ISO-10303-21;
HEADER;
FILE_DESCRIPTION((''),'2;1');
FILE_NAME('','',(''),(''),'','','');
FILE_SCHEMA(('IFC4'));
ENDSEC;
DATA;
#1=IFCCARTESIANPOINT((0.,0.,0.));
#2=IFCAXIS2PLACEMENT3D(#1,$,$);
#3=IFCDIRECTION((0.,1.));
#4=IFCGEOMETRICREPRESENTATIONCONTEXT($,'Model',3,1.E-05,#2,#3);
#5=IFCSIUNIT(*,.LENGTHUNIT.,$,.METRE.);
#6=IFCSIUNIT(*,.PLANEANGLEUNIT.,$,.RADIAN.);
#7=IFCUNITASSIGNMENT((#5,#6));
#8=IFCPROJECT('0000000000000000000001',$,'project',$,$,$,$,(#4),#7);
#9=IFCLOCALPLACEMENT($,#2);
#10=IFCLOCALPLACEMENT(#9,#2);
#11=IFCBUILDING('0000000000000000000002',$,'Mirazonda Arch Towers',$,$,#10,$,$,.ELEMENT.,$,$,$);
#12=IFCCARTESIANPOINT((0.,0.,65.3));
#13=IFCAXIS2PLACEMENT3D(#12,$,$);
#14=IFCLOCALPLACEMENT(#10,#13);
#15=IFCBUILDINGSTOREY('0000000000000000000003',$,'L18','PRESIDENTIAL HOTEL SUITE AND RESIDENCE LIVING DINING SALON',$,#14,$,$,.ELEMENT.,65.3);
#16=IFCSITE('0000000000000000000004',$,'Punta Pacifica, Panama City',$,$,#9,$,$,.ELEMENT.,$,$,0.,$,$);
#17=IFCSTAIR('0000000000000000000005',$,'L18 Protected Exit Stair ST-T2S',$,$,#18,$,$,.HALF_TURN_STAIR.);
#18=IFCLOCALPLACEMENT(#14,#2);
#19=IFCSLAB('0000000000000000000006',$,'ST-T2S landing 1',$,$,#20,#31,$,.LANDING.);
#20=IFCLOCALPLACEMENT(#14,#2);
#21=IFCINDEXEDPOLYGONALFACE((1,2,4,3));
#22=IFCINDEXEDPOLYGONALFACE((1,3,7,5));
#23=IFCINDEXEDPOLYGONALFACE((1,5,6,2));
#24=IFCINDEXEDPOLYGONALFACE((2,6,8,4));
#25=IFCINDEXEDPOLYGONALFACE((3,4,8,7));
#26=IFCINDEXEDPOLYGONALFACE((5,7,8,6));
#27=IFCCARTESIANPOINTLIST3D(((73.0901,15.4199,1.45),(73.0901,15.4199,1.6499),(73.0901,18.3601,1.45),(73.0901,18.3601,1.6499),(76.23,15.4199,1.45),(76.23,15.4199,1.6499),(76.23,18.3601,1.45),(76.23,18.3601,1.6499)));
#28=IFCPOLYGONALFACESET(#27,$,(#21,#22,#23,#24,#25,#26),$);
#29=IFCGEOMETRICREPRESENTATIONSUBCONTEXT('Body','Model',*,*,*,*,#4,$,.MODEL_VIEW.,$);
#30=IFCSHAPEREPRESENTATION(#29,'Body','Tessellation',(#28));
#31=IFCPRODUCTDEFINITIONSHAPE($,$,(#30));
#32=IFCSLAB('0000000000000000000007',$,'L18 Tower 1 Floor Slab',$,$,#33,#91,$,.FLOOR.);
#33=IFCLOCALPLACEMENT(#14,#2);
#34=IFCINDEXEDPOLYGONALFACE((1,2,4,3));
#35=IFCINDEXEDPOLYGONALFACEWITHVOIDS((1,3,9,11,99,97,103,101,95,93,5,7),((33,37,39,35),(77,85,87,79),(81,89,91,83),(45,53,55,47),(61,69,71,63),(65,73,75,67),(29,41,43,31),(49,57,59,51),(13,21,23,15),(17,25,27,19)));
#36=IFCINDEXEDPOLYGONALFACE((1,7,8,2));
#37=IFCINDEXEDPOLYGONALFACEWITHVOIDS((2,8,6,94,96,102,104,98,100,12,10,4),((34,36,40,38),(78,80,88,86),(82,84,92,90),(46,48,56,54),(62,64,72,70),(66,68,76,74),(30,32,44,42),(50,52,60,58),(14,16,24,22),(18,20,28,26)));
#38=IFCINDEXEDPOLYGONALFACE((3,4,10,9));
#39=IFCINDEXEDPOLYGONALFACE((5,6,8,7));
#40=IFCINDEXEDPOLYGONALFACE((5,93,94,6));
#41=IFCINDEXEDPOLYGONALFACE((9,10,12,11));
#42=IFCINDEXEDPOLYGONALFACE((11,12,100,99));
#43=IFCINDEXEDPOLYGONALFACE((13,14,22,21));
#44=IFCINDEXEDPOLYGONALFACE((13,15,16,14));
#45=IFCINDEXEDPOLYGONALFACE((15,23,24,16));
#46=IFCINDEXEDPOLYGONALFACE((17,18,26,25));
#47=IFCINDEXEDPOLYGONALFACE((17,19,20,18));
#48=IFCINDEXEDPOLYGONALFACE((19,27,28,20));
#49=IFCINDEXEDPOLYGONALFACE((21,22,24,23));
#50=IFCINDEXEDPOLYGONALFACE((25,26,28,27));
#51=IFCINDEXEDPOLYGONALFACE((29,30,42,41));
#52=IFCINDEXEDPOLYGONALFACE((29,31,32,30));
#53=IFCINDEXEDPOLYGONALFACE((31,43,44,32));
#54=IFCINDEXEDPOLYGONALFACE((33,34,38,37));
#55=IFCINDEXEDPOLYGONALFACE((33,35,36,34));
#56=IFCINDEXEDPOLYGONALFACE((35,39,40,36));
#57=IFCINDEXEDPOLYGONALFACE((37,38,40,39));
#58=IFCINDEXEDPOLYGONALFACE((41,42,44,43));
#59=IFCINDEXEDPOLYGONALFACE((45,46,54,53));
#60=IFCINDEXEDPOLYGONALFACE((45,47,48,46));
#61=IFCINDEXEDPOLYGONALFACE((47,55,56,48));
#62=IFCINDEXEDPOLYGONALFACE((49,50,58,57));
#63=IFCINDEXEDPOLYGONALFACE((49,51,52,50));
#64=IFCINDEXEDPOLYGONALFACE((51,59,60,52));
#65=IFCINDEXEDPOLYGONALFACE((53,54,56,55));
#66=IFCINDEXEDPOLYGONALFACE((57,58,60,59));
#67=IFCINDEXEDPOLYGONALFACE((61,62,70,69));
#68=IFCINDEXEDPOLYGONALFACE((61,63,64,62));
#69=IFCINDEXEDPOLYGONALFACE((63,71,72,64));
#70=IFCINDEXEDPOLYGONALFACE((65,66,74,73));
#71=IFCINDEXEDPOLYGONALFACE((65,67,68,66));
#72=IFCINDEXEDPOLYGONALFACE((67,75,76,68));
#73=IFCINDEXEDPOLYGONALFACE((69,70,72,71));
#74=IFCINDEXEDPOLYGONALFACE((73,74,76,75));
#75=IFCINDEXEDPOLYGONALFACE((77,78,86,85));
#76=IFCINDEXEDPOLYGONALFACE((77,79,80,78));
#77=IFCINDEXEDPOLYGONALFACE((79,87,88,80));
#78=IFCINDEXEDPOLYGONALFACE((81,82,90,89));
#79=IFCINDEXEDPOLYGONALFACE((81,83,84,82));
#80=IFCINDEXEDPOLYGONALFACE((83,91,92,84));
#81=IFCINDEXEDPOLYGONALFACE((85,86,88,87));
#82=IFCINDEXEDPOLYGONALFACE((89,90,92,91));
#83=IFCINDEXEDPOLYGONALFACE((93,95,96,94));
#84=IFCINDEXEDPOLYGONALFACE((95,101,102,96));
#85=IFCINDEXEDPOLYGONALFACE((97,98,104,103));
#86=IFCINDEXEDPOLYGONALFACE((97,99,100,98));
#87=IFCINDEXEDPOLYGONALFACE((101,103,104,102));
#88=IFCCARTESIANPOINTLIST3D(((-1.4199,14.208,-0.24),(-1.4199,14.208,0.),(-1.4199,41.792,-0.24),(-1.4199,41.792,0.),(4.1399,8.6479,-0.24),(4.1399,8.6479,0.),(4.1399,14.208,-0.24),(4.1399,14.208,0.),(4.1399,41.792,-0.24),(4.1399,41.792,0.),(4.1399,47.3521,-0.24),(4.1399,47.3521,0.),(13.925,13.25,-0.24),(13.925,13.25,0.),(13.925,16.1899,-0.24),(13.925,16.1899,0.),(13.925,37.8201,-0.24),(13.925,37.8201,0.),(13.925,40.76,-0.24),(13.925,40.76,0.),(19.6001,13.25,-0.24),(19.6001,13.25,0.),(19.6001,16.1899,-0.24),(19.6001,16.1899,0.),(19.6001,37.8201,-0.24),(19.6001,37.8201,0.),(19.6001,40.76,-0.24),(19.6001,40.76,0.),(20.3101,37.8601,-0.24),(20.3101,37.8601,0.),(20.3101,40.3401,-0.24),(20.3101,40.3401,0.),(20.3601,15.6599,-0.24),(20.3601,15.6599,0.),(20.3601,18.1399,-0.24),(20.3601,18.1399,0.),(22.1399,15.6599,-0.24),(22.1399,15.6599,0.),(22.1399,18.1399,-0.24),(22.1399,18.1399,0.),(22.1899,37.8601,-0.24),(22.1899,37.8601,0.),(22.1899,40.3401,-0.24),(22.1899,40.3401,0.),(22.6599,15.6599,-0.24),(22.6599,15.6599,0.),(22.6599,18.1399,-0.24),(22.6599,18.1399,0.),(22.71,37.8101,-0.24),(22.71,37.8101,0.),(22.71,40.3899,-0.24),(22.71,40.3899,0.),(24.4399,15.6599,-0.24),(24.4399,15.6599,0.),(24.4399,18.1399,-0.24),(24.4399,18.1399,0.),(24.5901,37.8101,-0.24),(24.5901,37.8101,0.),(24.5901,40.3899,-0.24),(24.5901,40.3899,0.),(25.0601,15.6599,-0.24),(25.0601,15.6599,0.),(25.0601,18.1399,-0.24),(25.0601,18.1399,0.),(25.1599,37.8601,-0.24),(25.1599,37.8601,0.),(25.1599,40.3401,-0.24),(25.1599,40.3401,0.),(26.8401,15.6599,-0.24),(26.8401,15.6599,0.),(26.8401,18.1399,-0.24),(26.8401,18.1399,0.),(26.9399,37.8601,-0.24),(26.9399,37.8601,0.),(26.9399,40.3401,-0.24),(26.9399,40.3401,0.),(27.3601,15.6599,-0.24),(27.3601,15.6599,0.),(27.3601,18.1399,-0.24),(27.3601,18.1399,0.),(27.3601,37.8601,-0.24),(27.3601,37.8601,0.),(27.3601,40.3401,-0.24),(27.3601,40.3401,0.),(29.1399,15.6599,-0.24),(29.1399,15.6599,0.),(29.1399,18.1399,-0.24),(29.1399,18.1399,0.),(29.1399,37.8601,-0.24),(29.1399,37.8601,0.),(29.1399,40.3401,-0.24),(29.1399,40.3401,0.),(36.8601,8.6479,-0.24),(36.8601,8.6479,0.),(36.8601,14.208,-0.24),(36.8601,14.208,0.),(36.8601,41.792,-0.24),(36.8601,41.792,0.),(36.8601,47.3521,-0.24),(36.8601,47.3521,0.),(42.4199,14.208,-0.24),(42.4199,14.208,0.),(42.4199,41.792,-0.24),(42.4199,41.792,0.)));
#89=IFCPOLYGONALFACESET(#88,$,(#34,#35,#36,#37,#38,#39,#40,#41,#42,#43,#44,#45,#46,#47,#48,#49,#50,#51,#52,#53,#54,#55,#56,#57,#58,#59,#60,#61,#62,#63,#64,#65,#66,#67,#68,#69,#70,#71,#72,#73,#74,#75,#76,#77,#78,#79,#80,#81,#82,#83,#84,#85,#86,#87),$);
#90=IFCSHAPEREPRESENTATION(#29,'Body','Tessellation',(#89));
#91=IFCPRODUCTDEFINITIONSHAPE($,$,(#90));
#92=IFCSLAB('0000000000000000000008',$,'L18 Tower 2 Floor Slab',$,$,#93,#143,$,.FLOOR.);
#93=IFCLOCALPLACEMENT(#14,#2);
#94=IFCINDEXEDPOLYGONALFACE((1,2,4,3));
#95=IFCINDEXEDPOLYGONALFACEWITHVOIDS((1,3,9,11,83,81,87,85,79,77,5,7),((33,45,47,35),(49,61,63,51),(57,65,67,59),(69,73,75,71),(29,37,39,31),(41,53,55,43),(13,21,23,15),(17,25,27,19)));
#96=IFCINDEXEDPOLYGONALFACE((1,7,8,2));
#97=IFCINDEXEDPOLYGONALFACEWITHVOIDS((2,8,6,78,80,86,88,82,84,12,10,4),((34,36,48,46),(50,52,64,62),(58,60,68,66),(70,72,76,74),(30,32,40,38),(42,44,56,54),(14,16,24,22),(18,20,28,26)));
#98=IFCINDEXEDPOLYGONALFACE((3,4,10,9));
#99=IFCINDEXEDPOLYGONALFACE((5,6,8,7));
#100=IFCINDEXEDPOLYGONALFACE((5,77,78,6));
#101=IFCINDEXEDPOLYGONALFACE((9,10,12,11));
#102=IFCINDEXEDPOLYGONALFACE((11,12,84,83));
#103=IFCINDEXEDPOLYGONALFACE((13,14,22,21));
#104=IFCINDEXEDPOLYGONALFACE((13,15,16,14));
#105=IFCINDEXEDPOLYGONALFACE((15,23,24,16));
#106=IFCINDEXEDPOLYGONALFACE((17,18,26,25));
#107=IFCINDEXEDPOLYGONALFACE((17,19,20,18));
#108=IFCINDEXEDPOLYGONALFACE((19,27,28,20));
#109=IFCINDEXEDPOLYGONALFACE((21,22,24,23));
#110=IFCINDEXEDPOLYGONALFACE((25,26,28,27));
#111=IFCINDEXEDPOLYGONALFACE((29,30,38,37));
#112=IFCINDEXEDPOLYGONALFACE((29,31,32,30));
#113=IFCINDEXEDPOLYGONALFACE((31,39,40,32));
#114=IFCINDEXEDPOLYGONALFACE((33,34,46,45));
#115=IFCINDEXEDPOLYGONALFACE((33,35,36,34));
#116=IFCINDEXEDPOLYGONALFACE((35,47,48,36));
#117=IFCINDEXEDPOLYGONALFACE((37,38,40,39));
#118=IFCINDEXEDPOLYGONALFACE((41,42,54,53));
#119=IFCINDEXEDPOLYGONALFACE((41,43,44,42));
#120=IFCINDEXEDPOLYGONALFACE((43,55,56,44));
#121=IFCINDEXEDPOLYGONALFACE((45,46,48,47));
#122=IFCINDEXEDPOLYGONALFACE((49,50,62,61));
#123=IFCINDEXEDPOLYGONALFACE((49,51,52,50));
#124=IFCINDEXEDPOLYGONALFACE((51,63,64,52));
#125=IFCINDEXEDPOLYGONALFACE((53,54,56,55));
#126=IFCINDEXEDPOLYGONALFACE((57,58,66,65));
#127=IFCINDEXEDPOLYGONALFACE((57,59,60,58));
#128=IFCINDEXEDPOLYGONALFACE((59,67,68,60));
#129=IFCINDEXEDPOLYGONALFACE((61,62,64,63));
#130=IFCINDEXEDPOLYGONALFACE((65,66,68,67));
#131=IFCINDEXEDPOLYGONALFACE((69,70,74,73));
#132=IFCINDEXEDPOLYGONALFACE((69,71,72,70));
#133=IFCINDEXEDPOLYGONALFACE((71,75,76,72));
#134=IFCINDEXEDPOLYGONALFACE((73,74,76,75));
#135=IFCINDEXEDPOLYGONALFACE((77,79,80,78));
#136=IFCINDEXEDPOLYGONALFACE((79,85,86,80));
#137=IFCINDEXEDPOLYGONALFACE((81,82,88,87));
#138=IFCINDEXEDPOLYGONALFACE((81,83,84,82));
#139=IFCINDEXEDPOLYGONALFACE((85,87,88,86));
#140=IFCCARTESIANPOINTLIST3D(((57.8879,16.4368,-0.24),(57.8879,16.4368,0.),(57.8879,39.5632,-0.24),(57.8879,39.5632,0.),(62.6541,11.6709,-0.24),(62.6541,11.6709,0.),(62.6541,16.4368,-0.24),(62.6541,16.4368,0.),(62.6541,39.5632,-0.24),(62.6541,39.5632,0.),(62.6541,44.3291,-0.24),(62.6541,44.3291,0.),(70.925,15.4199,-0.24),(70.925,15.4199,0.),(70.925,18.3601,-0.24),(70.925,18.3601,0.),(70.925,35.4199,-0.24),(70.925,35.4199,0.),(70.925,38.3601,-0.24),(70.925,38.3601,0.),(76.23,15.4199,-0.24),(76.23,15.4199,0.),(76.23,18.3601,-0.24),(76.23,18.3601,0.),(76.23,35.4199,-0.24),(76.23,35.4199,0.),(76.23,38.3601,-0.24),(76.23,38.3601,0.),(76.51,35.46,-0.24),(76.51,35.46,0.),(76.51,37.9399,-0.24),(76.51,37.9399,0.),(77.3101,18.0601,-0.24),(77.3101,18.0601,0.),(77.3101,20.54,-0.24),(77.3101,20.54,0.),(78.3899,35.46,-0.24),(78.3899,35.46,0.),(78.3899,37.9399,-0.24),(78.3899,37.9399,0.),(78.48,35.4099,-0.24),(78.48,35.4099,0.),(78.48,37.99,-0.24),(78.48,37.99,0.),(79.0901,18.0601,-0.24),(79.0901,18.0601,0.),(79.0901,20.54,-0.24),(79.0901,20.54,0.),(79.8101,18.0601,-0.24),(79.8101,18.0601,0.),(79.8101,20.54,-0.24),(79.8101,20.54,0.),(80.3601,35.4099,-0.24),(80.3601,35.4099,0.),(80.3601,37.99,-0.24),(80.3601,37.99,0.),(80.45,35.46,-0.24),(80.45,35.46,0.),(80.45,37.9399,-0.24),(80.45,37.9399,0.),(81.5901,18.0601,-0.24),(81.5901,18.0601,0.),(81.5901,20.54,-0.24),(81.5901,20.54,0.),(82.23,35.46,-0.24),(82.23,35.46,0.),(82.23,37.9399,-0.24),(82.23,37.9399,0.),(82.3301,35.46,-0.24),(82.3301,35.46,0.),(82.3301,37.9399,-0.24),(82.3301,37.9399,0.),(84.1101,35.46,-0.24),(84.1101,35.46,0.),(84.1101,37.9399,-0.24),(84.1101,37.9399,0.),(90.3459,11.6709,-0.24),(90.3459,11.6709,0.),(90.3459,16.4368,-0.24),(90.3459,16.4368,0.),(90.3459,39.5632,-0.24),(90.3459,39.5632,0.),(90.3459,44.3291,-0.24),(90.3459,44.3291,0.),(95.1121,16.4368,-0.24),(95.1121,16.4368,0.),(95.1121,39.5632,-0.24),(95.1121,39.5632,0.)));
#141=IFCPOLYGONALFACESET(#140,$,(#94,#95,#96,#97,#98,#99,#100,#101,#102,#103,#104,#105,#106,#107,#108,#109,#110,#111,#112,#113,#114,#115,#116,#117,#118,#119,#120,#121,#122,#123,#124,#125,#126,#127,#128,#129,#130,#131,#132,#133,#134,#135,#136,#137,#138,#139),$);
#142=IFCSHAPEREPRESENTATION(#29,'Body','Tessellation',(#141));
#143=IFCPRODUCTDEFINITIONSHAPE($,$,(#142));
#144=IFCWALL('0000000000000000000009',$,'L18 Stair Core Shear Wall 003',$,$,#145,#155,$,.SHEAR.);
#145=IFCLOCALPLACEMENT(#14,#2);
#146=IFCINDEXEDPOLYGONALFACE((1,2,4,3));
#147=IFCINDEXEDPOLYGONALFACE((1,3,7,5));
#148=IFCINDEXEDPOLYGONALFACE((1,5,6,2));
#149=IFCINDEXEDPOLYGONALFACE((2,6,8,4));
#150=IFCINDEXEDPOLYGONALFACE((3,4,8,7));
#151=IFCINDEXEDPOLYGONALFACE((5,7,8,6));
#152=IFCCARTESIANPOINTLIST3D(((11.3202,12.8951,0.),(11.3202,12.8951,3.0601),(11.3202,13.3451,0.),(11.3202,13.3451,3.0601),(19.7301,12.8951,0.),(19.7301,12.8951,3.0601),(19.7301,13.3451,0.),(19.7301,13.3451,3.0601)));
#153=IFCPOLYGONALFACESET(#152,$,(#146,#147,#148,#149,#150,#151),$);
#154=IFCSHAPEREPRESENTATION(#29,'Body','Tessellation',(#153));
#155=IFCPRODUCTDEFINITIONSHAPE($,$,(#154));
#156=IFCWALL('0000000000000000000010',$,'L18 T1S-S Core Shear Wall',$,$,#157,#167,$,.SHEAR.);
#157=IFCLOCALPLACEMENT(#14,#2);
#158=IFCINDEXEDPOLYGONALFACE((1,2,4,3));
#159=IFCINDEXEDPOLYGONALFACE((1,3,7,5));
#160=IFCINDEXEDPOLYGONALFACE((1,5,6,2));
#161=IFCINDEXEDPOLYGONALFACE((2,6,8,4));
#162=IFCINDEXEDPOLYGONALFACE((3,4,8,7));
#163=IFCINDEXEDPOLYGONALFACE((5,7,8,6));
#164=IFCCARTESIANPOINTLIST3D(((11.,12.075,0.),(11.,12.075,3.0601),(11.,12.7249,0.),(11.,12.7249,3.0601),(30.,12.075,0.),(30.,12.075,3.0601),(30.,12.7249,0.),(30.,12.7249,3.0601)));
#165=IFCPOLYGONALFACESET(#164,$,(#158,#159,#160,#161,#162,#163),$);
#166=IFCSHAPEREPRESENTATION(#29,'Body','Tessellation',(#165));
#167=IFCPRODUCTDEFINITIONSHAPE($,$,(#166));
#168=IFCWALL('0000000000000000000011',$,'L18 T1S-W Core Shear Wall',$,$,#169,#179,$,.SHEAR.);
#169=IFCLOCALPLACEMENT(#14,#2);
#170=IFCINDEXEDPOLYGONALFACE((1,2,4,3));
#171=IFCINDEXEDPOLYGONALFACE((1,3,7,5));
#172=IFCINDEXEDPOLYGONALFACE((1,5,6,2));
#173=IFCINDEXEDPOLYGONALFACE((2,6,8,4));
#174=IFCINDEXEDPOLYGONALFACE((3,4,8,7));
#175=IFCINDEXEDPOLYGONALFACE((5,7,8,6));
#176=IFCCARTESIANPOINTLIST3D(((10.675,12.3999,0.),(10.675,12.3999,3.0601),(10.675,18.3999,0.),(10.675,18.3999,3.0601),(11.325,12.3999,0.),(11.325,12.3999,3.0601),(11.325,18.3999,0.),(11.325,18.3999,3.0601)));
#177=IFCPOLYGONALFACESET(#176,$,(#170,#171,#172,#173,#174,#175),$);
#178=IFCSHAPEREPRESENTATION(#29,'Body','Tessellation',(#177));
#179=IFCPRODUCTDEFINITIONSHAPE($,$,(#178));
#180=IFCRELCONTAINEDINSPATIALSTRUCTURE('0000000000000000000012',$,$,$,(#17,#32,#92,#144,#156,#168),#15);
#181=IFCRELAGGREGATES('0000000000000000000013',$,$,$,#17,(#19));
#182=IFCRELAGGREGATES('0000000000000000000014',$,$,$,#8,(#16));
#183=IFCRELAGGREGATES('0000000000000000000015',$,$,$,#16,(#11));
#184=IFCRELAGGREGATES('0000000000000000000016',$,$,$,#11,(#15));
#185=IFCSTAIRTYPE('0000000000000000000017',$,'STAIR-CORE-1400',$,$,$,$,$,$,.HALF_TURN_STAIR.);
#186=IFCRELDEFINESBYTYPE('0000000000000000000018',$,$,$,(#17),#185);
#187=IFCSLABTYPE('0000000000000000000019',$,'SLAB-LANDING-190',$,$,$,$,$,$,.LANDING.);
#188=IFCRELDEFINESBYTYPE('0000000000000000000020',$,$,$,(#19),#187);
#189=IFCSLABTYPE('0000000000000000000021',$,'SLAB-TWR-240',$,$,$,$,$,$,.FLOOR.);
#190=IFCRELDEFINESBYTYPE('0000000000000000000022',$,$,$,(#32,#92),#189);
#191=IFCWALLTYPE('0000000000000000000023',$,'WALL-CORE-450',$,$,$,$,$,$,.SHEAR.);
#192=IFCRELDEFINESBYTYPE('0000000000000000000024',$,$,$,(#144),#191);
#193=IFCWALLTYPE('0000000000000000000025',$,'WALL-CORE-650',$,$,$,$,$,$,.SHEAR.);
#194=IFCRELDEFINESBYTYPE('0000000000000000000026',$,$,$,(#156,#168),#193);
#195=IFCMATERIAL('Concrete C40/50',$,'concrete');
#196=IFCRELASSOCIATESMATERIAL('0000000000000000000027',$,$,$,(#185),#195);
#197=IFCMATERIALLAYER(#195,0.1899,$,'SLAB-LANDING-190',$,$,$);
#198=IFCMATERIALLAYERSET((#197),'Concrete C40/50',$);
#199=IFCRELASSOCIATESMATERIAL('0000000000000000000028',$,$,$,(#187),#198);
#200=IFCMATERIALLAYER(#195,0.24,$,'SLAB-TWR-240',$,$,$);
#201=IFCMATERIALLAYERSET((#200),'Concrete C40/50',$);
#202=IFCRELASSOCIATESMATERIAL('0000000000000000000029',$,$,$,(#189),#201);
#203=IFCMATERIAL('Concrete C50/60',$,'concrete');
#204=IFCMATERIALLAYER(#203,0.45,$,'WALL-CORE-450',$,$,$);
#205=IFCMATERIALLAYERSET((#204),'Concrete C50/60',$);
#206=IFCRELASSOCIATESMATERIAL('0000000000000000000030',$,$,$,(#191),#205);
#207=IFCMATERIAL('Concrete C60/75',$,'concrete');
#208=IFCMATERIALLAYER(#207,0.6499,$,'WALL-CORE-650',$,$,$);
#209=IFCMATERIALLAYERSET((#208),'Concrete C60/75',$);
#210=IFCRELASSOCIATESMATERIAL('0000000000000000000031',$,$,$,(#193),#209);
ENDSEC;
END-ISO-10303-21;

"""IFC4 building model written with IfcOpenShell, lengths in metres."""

from ifc_helpers import new_model, si_unit, direction, frame, frame_2d, origin, place, context, subcontext, project, spatial, polyline, rectangle, outline, extrude, material, layer, layer_set, type_object, element, aggregate, save


model = new_model("IFC4")

# Units and contexts
model_context = context("Model", 3, precision=1e-05, world=origin(), true_north=direction((0.0, 1.0)))
body_context = subcontext(model_context, "Body", "Model", "MODEL_VIEW")
ifc_project = project(units=[si_unit("LENGTHUNIT", "METRE"), si_unit("PLANEANGLEUNIT", "RADIAN")], contexts=[model_context])

# Site, building, storey
site_placement = place(None, origin())
site = spatial("IfcSite", under=ifc_project, at=site_placement, Name="Punta Pacifica, Panama City", CompositionType="ELEMENT", RefElevation=0.0)
building_placement = place(site_placement, origin())
building = spatial("IfcBuilding", under=site, at=building_placement, Name="Mirazonda Arch Towers", CompositionType="ELEMENT")
storey_placement = place(building_placement, frame((0.0, 0.0, 65.3)))
storey = spatial("IfcBuildingStorey", under=building, at=storey_placement, Name="L18", Description="PRESIDENTIAL HOTEL SUITE AND RESIDENCE LIVING DINING SALON", CompositionType="ELEMENT", Elevation=65.3)

# Shared definitions
ifc_material_1 = material(Name="Concrete C60/75", Category="concrete")

# Stair, slab
ifc_material_2 = material(Name="Concrete C40/50", Category="concrete")
stair_type = type_object("IfcStairType", Name="STAIR-CORE-1400", PredefinedType="HALF_TURN_STAIR", material=ifc_material_2)
ifc_layer_1 = layer(ifc_material_2, 0.1899, Name="SLAB-LANDING-190")
ifc_layer_set_1 = layer_set([ifc_layer_1], Name="Concrete C40/50")
slab_type_1 = type_object("IfcSlabType", Name="SLAB-LANDING-190", PredefinedType="LANDING", material=ifc_layer_set_1)
stair_1_placement = place(storey_placement, origin())
stair_1 = element("IfcStair", 1, at=stair_1_placement, inside=storey, type_object=stair_type, Name="L18 Protected Exit Stair ST-T2S", PredefinedType="HALF_TURN_STAIR")
slab_1_placement = place(storey_placement, frame((0.0, 0.0, 1.45)))
slab_1 = element("IfcSlab", 2, at=slab_1_placement, type_object=slab_type_1, Name="ST-T2S landing 1", PredefinedType="LANDING", context=body_context, shape_type="SweptSolid", body=[
    extrude(outline(polyline([(73.0901, 15.4199), (76.23, 15.4199), (76.23, 18.3601), (73.0901, 18.3601), (73.0901, 15.4199)])), origin(), (0.0, 0.0, 1.0), 0.2),
])
aggregate(stair_1, [slab_1])

# Slabs
ifc_layer_2 = layer(ifc_material_2, 0.24, Name="SLAB-TWR-240")
ifc_layer_set_2 = layer_set([ifc_layer_2], Name="Concrete C40/50")
slab_type_2 = type_object("IfcSlabType", Name="SLAB-TWR-240", PredefinedType="FLOOR", material=ifc_layer_set_2)
slab_2_placement = place(storey_placement, frame((0.0, 0.0, -0.24)))
element("IfcSlab", 3, at=slab_2_placement, inside=storey, type_object=slab_type_2, Name="L18 Tower 1 Floor Slab", PredefinedType="FLOOR", context=body_context, shape_type="SweptSolid", body=[
    extrude(outline(polyline([(4.1399, 8.6479), (36.8601, 8.6479), (36.8601, 14.208), (42.4199, 14.208), (42.4199, 41.792), (36.8601, 41.792), (36.8601, 47.3521), (4.1399, 47.3521), (4.1399, 41.792), (-1.4199, 41.792), (-1.4199, 14.208), (4.1399, 14.208), (4.1399, 8.6479)]), holes=[polyline([(29.1399, 18.1399), (29.1399, 15.6599), (27.3601, 15.6599), (27.3601, 18.1399), (29.1399, 18.1399)]), polyline([(29.1399, 40.3401), (29.1399, 37.8601), (27.3601, 37.8601), (27.3601, 40.3401), (29.1399, 40.3401)]), polyline([(25.1599, 40.3401), (26.9399, 40.3401), (26.9399, 37.8601), (25.1599, 37.8601), (25.1599, 40.3401)]), polyline([(26.8401, 18.1399), (26.8401, 15.6599), (25.0601, 15.6599), (25.0601, 18.1399), (26.8401, 18.1399)]), polyline([(22.71, 40.3899), (24.5901, 40.3899), (24.5901, 37.8101), (22.71, 37.8101), (22.71, 40.3899)]), polyline([(22.6599, 18.1399), (24.4399, 18.1399), (24.4399, 15.6599), (22.6599, 15.6599), (22.6599, 18.1399)]), polyline([(20.3101, 40.3401), (22.1899, 40.3401), (22.1899, 37.8601), (20.3101, 37.8601), (20.3101, 40.3401)]), polyline([(20.3601, 18.1399), (22.1399, 18.1399), (22.1399, 15.6599), (20.3601, 15.6599), (20.3601, 18.1399)]), polyline([(13.925, 40.76), (19.6001, 40.76), (19.6001, 37.8201), (13.925, 37.8201), (13.925, 40.76)]), polyline([(13.925, 13.25), (13.925, 16.1899), (19.6001, 16.1899), (19.6001, 13.25), (13.925, 13.25)])]), origin(), (0.0, 0.0, 1.0), 0.24),
])
slab_3_placement = place(storey_placement, frame((0.0, 0.0, -0.24)))
element("IfcSlab", 4, at=slab_3_placement, inside=storey, type_object=slab_type_2, Name="L18 Tower 2 Floor Slab", PredefinedType="FLOOR", context=body_context, shape_type="SweptSolid", body=[
    extrude(outline(polyline([(62.6541, 11.6709), (90.3459, 11.6709), (90.3459, 16.4368), (95.1121, 16.4368), (95.1121, 39.5632), (90.3459, 39.5632), (90.3459, 44.3291), (62.6541, 44.3291), (62.6541, 39.5632), (57.8879, 39.5632), (57.8879, 16.4368), (62.6541, 16.4368), (62.6541, 11.6709)]), holes=[polyline([(82.3301, 37.9399), (84.1101, 37.9399), (84.1101, 35.46), (82.3301, 35.46), (82.3301, 37.9399)]), polyline([(80.45, 37.9399), (82.23, 37.9399), (82.23, 35.46), (80.45, 35.46), (80.45, 37.9399)]), polyline([(79.8101, 20.54), (81.5901, 20.54), (81.5901, 18.0601), (79.8101, 18.0601), (79.8101, 20.54)]), polyline([(78.48, 37.99), (80.3601, 37.99), (80.3601, 35.4099), (78.48, 35.4099), (78.48, 37.99)]), polyline([(77.3101, 20.54), (79.0901, 20.54), (79.0901, 18.0601), (77.3101, 18.0601), (77.3101, 20.54)]), polyline([(76.51, 37.9399), (78.3899, 37.9399), (78.3899, 35.46), (76.51, 35.46), (76.51, 37.9399)]), polyline([(70.925, 15.4199), (70.925, 18.3601), (76.23, 18.3601), (76.23, 15.4199), (70.925, 15.4199)]), polyline([(70.925, 35.4199), (70.925, 38.3601), (76.23, 38.3601), (76.23, 35.4199), (70.925, 35.4199)])]), origin(), (0.0, 0.0, 1.0), 0.24),
])

# Walls
ifc_material_3 = material(Name="Concrete C50/60", Category="concrete")
ifc_layer_3 = layer(ifc_material_3, 0.45, Name="WALL-CORE-450")
ifc_layer_set_3 = layer_set([ifc_layer_3], Name="Concrete C50/60")
wall_type_1 = type_object("IfcWallType", Name="WALL-CORE-450", PredefinedType="SHEAR", material=ifc_layer_set_3)
wall_1_placement = place(storey_placement, frame((11.3201, 13.1201, 0.0), z_axis=(0.0, 0.0, 1.0), x_axis=(1.0, 0.0, 0.0)))
element("IfcWall", 5, at=wall_1_placement, inside=storey, type_object=wall_type_1, Name="L18 Stair Core Shear Wall 003", PredefinedType="SHEAR", context=body_context, shape_type="SweptSolid", body=[
    extrude(rectangle(XDim=8.4099, YDim=0.45, at=frame_2d((4.2051, 0.0))), origin(), (0.0, 0.0, 1.0), 3.0601),
])
ifc_layer_4 = layer(ifc_material_1, 0.6499, Name="WALL-CORE-650")
ifc_layer_set_4 = layer_set([ifc_layer_4], Name="Concrete C60/75")
wall_type_2 = type_object("IfcWallType", Name="WALL-CORE-650", PredefinedType="SHEAR", material=ifc_layer_set_4)
wall_2_placement = place(storey_placement, frame((11.0, 12.3999, 0.0), z_axis=(0.0, 0.0, 1.0), x_axis=(1.0, 0.0, 0.0)))
element("IfcWall", 6, at=wall_2_placement, inside=storey, type_object=wall_type_2, Name="L18 T1S-S Core Shear Wall", PredefinedType="SHEAR", context=body_context, shape_type="SweptSolid", body=[
    extrude(rectangle(XDim=19.0, YDim=0.6499, at=frame_2d((9.5, 0.0))), origin(), (0.0, 0.0, 1.0), 3.0601),
])
wall_3_placement = place(storey_placement, frame((11.0, 12.3999, 0.0), z_axis=(0.0, 0.0, 1.0), x_axis=(0.0, 1.0, 0.0)))
element("IfcWall", 7, at=wall_3_placement, inside=storey, type_object=wall_type_2, Name="L18 T1S-W Core Shear Wall", PredefinedType="SHEAR", context=body_context, shape_type="SweptSolid", body=[
    extrude(rectangle(XDim=6.0, YDim=0.6499, at=frame_2d((3.0, 0.0))), origin(), (0.0, 0.0, 1.0), 3.0601),
])

save(model, "model.ifc")
